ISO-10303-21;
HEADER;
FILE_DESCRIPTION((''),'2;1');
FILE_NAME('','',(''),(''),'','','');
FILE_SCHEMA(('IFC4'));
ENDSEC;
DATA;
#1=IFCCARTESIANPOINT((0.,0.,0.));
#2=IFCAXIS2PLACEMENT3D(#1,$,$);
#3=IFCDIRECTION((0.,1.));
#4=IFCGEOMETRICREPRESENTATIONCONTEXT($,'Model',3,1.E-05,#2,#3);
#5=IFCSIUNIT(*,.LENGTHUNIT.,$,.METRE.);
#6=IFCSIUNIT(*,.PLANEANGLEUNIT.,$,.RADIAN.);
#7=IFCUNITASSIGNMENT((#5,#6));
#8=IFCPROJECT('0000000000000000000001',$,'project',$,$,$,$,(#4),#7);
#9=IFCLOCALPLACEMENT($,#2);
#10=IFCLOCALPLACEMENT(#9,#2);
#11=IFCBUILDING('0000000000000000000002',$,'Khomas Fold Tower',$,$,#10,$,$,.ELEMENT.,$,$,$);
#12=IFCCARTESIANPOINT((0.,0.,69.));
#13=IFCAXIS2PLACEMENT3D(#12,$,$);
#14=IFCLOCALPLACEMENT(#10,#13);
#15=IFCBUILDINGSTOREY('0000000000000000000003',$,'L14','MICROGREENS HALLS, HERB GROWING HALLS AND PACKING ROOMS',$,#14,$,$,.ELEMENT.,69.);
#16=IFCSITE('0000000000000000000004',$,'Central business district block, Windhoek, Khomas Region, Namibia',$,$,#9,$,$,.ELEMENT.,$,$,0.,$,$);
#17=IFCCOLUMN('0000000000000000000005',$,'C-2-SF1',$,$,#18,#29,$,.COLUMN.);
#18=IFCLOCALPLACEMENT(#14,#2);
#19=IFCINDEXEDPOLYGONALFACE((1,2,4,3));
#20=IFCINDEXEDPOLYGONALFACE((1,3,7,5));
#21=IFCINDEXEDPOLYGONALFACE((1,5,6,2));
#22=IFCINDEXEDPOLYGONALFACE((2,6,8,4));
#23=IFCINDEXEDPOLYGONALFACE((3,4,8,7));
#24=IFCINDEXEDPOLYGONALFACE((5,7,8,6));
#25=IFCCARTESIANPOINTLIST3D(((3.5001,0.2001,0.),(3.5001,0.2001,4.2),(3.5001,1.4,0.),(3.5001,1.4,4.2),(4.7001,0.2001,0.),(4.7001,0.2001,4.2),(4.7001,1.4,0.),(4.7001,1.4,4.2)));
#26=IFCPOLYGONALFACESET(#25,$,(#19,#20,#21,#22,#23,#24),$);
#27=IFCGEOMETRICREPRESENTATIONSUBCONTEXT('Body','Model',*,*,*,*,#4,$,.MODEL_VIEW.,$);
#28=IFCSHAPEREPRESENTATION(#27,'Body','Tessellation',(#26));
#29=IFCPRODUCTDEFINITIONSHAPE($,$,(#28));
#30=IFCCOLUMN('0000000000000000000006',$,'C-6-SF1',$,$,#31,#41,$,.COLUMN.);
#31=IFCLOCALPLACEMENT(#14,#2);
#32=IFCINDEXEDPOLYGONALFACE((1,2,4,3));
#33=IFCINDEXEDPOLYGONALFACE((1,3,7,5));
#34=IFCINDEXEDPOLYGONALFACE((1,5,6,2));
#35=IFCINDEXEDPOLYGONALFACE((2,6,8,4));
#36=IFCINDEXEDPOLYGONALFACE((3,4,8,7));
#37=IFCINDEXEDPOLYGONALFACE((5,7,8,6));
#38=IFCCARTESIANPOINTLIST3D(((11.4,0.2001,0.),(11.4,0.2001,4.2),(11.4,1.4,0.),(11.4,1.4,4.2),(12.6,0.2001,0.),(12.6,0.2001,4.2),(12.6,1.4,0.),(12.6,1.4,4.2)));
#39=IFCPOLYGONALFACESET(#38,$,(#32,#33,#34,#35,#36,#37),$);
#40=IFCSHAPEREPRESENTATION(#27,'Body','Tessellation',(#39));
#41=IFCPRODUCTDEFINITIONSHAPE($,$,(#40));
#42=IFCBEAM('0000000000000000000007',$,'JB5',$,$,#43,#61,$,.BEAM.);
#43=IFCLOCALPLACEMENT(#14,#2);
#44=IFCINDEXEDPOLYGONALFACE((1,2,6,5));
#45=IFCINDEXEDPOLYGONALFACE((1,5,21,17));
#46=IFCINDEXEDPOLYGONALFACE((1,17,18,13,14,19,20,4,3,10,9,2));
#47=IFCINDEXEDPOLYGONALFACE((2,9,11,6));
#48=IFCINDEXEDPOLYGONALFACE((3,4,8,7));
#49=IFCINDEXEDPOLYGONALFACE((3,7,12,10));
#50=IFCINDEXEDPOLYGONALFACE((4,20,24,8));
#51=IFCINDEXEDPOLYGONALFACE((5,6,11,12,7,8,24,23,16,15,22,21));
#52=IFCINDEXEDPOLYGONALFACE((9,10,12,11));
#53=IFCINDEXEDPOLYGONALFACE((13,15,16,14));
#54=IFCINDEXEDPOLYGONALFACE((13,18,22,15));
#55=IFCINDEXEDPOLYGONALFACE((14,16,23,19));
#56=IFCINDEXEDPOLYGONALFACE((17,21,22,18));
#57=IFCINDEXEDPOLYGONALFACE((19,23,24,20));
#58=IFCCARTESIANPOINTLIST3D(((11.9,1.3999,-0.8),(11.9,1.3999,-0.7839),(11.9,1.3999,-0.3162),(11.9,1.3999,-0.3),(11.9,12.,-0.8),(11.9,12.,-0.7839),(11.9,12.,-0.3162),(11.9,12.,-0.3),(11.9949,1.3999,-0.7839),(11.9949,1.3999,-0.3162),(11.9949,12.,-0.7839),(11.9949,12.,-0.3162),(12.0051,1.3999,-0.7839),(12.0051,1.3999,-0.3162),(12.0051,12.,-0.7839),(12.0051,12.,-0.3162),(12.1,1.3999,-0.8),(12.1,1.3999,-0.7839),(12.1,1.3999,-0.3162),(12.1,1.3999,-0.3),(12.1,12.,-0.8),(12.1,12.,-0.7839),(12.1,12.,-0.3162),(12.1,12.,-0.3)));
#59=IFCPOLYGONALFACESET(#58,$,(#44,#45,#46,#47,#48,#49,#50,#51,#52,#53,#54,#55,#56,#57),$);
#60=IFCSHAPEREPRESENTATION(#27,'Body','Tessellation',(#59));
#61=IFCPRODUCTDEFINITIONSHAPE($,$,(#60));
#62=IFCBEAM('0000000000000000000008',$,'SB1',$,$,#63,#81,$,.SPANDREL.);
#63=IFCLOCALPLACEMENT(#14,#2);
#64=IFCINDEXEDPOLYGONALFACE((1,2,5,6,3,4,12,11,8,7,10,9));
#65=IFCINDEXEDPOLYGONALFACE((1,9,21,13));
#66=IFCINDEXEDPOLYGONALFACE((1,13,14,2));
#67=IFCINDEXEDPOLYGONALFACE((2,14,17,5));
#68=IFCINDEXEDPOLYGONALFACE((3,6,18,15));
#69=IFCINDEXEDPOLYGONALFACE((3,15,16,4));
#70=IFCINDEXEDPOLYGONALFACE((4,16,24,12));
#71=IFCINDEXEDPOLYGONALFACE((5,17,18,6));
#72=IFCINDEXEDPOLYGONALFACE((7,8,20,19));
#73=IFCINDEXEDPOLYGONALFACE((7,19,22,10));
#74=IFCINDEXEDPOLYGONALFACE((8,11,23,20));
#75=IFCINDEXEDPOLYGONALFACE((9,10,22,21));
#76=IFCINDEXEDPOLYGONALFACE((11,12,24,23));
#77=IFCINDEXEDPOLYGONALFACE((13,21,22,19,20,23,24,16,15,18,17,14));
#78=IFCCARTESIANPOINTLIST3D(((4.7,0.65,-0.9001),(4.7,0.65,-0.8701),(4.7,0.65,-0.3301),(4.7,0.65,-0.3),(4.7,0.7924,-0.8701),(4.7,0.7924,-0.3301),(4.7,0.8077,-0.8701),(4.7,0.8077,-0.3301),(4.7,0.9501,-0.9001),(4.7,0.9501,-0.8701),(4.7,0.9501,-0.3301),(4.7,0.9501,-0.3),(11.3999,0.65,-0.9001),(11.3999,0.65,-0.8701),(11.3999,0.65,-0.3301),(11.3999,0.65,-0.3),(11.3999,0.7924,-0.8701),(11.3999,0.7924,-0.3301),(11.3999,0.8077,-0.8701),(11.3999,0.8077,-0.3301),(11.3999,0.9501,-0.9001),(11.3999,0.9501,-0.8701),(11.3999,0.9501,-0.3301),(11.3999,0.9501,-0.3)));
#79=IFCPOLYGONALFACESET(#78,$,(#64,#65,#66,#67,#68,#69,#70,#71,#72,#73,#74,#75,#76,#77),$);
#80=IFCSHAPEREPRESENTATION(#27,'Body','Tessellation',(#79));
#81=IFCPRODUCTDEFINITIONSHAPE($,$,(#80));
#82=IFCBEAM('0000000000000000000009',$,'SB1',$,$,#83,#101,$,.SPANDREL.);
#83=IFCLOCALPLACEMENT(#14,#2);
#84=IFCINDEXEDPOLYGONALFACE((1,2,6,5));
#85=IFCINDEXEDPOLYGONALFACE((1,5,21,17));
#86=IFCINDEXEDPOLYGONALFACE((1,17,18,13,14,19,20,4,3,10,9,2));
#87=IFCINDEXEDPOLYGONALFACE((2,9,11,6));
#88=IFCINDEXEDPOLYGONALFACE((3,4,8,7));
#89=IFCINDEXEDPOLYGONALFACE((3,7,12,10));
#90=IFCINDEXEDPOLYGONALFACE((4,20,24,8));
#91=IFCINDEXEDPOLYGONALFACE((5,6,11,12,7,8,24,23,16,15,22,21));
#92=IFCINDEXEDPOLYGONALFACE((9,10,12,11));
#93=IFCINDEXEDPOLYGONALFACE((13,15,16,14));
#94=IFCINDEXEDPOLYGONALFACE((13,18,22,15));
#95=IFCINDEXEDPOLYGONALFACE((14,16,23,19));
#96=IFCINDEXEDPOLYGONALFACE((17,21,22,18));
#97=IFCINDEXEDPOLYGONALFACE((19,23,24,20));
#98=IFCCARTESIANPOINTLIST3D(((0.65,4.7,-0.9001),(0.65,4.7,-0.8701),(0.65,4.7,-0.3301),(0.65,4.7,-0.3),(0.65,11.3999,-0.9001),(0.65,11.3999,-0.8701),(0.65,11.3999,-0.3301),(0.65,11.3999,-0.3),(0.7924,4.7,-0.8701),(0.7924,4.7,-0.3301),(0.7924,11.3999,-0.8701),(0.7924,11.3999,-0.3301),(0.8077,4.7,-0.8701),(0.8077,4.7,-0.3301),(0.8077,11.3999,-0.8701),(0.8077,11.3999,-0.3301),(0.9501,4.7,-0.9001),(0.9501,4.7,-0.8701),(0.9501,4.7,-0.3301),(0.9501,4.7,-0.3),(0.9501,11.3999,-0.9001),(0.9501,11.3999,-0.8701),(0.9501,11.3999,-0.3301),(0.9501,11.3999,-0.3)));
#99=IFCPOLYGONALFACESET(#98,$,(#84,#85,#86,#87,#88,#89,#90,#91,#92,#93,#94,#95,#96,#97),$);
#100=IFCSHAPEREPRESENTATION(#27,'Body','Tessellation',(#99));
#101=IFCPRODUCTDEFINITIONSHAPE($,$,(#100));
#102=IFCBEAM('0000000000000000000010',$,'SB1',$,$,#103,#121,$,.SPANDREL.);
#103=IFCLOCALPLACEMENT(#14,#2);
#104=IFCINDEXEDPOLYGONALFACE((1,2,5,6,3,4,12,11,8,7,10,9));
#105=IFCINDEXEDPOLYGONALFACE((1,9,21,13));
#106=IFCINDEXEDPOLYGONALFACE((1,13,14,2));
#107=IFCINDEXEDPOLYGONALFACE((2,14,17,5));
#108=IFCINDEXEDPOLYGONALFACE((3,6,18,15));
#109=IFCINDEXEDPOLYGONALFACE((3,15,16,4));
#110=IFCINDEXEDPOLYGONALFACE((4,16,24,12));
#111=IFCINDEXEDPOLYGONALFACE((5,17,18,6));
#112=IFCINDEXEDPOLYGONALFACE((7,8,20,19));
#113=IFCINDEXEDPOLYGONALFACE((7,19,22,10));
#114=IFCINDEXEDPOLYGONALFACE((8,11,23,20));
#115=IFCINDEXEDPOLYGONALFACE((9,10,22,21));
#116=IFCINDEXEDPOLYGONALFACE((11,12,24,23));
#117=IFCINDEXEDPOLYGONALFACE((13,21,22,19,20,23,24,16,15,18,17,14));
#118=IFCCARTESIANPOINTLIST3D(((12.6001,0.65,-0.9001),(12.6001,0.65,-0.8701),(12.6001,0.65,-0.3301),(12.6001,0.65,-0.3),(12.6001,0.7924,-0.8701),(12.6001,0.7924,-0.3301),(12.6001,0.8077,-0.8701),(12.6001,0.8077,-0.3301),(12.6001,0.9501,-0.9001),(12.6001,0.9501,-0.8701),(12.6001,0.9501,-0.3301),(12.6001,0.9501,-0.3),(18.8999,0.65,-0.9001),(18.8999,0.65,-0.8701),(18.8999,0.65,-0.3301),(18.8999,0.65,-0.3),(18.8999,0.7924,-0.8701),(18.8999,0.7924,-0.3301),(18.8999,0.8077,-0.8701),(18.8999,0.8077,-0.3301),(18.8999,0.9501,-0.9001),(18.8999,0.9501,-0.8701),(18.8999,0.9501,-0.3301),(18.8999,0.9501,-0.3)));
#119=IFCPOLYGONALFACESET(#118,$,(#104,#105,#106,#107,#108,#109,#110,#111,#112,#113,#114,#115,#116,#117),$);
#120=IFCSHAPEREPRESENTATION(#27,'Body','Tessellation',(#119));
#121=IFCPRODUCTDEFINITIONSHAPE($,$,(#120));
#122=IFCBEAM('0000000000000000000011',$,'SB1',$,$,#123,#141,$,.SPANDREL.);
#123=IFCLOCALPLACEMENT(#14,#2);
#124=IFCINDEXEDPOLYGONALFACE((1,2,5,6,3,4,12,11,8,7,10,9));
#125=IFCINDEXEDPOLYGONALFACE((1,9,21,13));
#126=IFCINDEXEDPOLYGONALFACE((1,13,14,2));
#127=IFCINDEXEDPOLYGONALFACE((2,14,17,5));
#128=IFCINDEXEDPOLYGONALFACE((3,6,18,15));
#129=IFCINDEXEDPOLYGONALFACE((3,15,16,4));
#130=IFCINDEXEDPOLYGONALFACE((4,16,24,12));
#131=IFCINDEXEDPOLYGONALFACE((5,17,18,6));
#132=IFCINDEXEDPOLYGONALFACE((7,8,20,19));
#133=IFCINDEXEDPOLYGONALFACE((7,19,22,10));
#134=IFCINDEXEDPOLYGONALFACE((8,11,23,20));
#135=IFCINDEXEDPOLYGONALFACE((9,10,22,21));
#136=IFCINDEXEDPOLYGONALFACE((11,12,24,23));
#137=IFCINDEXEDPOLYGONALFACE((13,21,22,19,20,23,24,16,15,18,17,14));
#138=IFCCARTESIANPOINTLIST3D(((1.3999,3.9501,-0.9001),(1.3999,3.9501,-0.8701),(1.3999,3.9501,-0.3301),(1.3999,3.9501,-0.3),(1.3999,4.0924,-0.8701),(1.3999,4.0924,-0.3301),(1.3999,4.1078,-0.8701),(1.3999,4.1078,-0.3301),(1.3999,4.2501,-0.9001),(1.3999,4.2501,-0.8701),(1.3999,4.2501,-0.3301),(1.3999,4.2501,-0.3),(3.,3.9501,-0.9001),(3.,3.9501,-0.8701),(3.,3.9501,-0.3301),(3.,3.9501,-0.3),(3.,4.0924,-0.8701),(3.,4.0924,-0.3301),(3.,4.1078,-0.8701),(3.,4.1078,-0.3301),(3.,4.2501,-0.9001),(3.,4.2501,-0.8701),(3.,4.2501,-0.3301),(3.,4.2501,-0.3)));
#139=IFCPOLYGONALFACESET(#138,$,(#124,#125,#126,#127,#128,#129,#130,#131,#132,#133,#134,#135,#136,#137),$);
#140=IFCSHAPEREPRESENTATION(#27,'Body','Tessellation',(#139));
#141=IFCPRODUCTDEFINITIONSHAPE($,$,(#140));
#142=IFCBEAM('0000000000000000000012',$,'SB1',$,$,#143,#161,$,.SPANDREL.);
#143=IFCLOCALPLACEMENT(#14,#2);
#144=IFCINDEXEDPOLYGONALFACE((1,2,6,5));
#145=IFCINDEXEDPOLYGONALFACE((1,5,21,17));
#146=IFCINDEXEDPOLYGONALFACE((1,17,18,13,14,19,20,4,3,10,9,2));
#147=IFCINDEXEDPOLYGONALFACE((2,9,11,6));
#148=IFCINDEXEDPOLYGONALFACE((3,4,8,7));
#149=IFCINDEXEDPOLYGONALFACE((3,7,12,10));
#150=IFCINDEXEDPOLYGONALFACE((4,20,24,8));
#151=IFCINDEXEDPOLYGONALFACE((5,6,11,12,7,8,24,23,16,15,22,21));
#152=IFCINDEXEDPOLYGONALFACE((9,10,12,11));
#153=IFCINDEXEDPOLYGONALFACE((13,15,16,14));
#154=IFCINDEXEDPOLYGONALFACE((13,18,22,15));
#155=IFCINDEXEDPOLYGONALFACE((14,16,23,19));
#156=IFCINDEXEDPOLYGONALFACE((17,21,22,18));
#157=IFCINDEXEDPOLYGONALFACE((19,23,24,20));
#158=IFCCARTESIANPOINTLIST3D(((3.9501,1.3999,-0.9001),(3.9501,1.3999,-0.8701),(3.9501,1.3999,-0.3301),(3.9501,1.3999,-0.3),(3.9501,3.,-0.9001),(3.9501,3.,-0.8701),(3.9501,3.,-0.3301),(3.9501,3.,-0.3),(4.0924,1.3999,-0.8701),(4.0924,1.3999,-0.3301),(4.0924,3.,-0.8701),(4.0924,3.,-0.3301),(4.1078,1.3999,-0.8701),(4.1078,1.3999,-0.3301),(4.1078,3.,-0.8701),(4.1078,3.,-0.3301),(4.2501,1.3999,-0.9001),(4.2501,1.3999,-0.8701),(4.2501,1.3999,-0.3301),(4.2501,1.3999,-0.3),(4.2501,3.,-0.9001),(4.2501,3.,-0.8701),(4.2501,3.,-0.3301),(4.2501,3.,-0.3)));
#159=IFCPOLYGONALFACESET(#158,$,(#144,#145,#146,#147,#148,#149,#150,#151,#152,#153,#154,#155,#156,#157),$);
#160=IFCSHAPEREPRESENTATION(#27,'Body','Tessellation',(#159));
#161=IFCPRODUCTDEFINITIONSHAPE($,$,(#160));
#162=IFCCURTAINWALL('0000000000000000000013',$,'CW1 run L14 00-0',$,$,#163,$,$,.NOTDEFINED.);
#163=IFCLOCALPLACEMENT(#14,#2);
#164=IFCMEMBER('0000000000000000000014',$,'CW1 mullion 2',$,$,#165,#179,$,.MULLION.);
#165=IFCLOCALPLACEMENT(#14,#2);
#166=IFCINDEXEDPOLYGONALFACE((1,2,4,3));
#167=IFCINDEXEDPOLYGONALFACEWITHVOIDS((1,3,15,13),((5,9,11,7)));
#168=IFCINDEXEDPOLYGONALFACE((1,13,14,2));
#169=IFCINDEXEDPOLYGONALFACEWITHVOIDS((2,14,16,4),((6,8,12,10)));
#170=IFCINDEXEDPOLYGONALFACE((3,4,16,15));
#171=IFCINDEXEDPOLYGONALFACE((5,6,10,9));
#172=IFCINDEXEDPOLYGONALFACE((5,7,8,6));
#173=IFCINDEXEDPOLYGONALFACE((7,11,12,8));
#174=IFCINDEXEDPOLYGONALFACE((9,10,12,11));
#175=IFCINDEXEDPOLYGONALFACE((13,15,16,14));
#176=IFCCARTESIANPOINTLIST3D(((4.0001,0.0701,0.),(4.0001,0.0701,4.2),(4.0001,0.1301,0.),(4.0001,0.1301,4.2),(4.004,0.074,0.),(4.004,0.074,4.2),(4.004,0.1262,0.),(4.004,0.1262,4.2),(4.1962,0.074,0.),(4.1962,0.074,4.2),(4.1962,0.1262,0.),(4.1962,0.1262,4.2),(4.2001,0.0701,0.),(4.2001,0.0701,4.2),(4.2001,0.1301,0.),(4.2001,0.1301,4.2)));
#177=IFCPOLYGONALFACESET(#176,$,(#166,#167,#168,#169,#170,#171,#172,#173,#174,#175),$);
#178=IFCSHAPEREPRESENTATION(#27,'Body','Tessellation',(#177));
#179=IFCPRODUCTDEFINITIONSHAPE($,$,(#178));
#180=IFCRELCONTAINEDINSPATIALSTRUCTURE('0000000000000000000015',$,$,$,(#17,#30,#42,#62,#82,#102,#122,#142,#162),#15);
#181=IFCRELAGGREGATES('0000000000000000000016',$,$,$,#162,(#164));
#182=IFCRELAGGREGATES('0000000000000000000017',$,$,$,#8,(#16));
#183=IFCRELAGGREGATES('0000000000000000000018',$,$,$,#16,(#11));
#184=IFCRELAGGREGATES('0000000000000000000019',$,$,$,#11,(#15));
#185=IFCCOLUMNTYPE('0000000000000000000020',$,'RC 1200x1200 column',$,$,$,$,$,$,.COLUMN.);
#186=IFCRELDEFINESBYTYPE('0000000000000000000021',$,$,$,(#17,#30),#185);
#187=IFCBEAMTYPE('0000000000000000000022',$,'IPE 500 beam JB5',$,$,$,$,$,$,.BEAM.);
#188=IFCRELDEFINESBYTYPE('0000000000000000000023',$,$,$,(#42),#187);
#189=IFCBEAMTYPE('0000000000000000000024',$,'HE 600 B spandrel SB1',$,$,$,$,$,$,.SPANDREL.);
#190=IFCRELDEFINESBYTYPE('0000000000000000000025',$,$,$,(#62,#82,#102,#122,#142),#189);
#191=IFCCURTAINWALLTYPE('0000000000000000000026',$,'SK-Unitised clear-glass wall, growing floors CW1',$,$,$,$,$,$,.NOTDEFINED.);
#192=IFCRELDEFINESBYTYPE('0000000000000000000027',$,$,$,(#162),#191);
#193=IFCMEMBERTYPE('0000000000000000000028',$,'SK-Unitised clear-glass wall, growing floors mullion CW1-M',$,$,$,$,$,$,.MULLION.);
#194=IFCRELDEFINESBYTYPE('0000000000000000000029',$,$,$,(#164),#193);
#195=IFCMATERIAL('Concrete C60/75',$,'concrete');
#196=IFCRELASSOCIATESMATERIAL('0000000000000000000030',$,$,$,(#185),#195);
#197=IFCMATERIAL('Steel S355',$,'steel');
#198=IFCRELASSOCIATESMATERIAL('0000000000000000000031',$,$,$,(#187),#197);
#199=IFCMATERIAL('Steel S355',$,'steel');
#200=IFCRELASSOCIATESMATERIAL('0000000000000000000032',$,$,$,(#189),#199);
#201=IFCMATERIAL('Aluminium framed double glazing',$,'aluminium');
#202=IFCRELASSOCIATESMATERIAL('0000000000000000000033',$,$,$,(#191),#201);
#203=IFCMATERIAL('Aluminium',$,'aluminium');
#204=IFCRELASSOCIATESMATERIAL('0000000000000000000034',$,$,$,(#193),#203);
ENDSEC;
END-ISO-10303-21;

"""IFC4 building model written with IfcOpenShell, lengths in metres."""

from ifc_helpers import new_model, si_unit, direction, frame, origin, origin_2d, place, context, subcontext, project, spatial, rectangle, hollow_rectangle, i_section, extrude, source, transform, mapped, material, material_profile, profile_set, type_object, element, aggregate, save


model = new_model("IFC4")

# Units and contexts
model_context = context("Model", 3, precision=1e-05, world=origin(), true_north=direction((0.0, 1.0)))
body_context = subcontext(model_context, "Body", "Model", "MODEL_VIEW")
ifc_project = project(units=[si_unit("LENGTHUNIT", "METRE"), si_unit("PLANEANGLEUNIT", "RADIAN")], contexts=[model_context])

# Site, building, storey
site_placement = place(None, origin())
site = spatial("IfcSite", under=ifc_project, at=site_placement, Name="Central business district block, Windhoek, Khomas Region, Namibia", CompositionType="ELEMENT", RefElevation=0.0)
building_placement = place(site_placement, origin())
building = spatial("IfcBuilding", under=site, at=building_placement, Name="Khomas Fold Tower", CompositionType="ELEMENT")
storey_placement = place(building_placement, frame((0.0, 0.0, 69.0)))
storey = spatial("IfcBuildingStorey", under=building, at=storey_placement, Name="L14", Description="MICROGREENS HALLS, HERB GROWING HALLS AND PACKING ROOMS", CompositionType="ELEMENT", Elevation=69.0)

# Columns
ifc_material_1 = material(Name="Concrete C60/75", Category="concrete")
ifc_material_profile_1 = material_profile(ifc_material_1, rectangle(XDim=1.2, YDim=1.2, at=origin_2d()), Name="RC 1200x1200")
ifc_profile_set_1 = profile_set([ifc_material_profile_1], Name="Concrete C60/75")
column_type = type_object("IfcColumnType", Name="RC 1200x1200 column", PredefinedType="COLUMN", material=ifc_profile_set_1)
shared_shape_1 = source(origin(), body_context, "Body", "SweptSolid", [
    extrude(rectangle(XDim=1.2, YDim=1.2, at=origin_2d()), origin(), (0.0, 0.0, 1.0), 4.2),
])
for number, where, z_axis, x_axis, name in (
    (1, (4.1001, 0.8, 0.0), (0.0, 0.0, 1.0), (1.0, 0.0, 0.0), "C-2-SF1"),
    (2, (12.0, 0.8, 0.0), (0.0, 0.0, 1.0), (1.0, 0.0, 0.0), "C-6-SF1"),
):
    element("IfcColumn", number, at=place(storey_placement, frame(where, z_axis=z_axis, x_axis=x_axis)), inside=storey, type_object=column_type, Name=name, PredefinedType="COLUMN", context=body_context, shape_type="MappedRepresentation", body=[
        mapped(shared_shape_1, transform((0.0, 0.0, 0.0))),
    ])

# Beams
ifc_material_2 = material(Name="Steel S355", Category="steel")
ifc_material_profile_2 = material_profile(ifc_material_2, i_section(OverallWidth=0.2, OverallDepth=0.5, WebThickness=0.0103, FlangeThickness=0.0161, at=origin_2d()), Name="IPE 500")
ifc_profile_set_2 = profile_set([ifc_material_profile_2], Name="Steel S355")
beam_type_1 = type_object("IfcBeamType", Name="IPE 500 beam JB5", PredefinedType="BEAM", material=ifc_profile_set_2)
shared_shape_2 = source(origin(), body_context, "Body", "SweptSolid", [
    extrude(i_section(OverallWidth=0.2, OverallDepth=0.5, WebThickness=0.0103, FlangeThickness=0.0161, at=origin_2d()), origin(), (0.0, 0.0, 1.0), 10.6001),
])
beam_1_placement = place(storey_placement, frame((12.0, 1.3999, -0.55), z_axis=(0.0, 1.0, 0.0), x_axis=(-1.0, 0.0, 0.0)))
element("IfcBeam", 3, at=beam_1_placement, inside=storey, type_object=beam_type_1, Name="JB5", PredefinedType="BEAM", context=body_context, shape_type="MappedRepresentation", body=[
    mapped(shared_shape_2, transform((0.0, 0.0, 0.0))),
])
ifc_material_3 = material(Name="Steel S355", Category="steel")
ifc_material_profile_3 = material_profile(ifc_material_3, i_section(OverallWidth=0.3, OverallDepth=0.6001, WebThickness=0.0154, FlangeThickness=0.03, at=origin_2d()), Name="HE 600 B")
ifc_profile_set_3 = profile_set([ifc_material_profile_3], Name="Steel S355")
beam_type_2 = type_object("IfcBeamType", Name="HE 600 B spandrel SB1", PredefinedType="SPANDREL", material=ifc_profile_set_3)
shared_shape_3 = source(origin(), body_context, "Body", "SweptSolid", [
    extrude(i_section(OverallWidth=0.3, OverallDepth=0.6001, WebThickness=0.0154, FlangeThickness=0.03, at=origin_2d()), origin(), (0.0, 0.0, 1.0), 6.7),
])
for number, where, z_axis, x_axis, name in (
    (4, (4.7, 0.8, -0.6001), (1.0, 0.0, 0.0), (0.0, 1.0, 0.0), "SB1"),
    (5, (0.8, 4.7, -0.6001), (0.0, 1.0, 0.0), (-1.0, 0.0, 0.0), "SB1"),
):
    element("IfcBeam", number, at=place(storey_placement, frame(where, z_axis=z_axis, x_axis=x_axis)), inside=storey, type_object=beam_type_2, Name=name, PredefinedType="SPANDREL", context=body_context, shape_type="MappedRepresentation", body=[
        mapped(shared_shape_3, transform((0.0, 0.0, 0.0))),
    ])
shared_shape_4 = source(origin(), body_context, "Body", "SweptSolid", [
    extrude(i_section(OverallWidth=0.3, OverallDepth=0.6001, WebThickness=0.0154, FlangeThickness=0.03, at=origin_2d()), origin(), (0.0, 0.0, 1.0), 6.2998),
])
beam_2_placement = place(storey_placement, frame((12.6001, 0.8, -0.6001), z_axis=(1.0, 0.0, 0.0), x_axis=(0.0, 1.0, 0.0)))
element("IfcBeam", 6, at=beam_2_placement, inside=storey, type_object=beam_type_2, Name="SB1", PredefinedType="SPANDREL", context=body_context, shape_type="MappedRepresentation", body=[
    mapped(shared_shape_4, transform((0.0, 0.0, 0.0))),
])
shared_shape_5 = source(origin(), body_context, "Body", "SweptSolid", [
    extrude(i_section(OverallWidth=0.3, OverallDepth=0.6001, WebThickness=0.0154, FlangeThickness=0.03, at=origin_2d()), origin(), (0.0, 0.0, 1.0), 1.6001),
])
for number, where, z_axis, x_axis, name in (
    (7, (1.3999, 4.1001, -0.6001), (1.0, 0.0, 0.0), (0.0, 1.0, 0.0), "SB1"),
    (8, (4.1001, 1.3999, -0.6001), (0.0, 1.0, 0.0), (-1.0, 0.0, 0.0), "SB1"),
):
    element("IfcBeam", number, at=place(storey_placement, frame(where, z_axis=z_axis, x_axis=x_axis)), inside=storey, type_object=beam_type_2, Name=name, PredefinedType="SPANDREL", context=body_context, shape_type="MappedRepresentation", body=[
        mapped(shared_shape_5, transform((0.0, 0.0, 0.0))),
    ])

# Curtain wall, member
ifc_material_4 = material(Name="Aluminium framed double glazing", Category="aluminium")
curtain_wall_type = type_object("IfcCurtainWallType", Name="SK-Unitised clear-glass wall, growing floors CW1", PredefinedType="NOTDEFINED", material=ifc_material_4)
curtain_wall_1_placement = place(storey_placement, origin())
curtain_wall_1 = element("IfcCurtainWall", 9, at=curtain_wall_1_placement, inside=storey, type_object=curtain_wall_type, Name="CW1 run L14 00-0", PredefinedType="NOTDEFINED")
ifc_material_5 = material(Name="Aluminium", Category="aluminium")
ifc_material_profile_4 = material_profile(ifc_material_5, hollow_rectangle(XDim=0.0601, YDim=0.2, WallThickness=0.0039, at=origin_2d()), Name="SK-Unitised clear-glass wall, growing floors mullion CW1-M")
ifc_profile_set_4 = profile_set([ifc_material_profile_4], Name="Aluminium")
member_type = type_object("IfcMemberType", Name="SK-Unitised clear-glass wall, growing floors mullion CW1-M", PredefinedType="MULLION", material=ifc_profile_set_4)
shared_shape_6 = source(origin(), body_context, "Body", "SweptSolid", [
    extrude(hollow_rectangle(XDim=0.0601, YDim=0.2, WallThickness=0.0039, at=origin_2d()), origin(), (0.0, 0.0, 1.0), 4.2),
])
member_1_placement = place(storey_placement, frame((4.1001, 0.1001, 0.0), z_axis=(0.0, 0.0, 1.0), x_axis=(0.0, 1.0, 0.0)))
member_1 = element("IfcMember", 10, at=member_1_placement, type_object=member_type, Name="CW1 mullion 2", PredefinedType="MULLION", context=body_context, shape_type="MappedRepresentation", body=[
    mapped(shared_shape_6, transform((0.0, 0.0, 0.0))),
])

aggregate(curtain_wall_1, [member_1])

save(model, "model.ifc")
